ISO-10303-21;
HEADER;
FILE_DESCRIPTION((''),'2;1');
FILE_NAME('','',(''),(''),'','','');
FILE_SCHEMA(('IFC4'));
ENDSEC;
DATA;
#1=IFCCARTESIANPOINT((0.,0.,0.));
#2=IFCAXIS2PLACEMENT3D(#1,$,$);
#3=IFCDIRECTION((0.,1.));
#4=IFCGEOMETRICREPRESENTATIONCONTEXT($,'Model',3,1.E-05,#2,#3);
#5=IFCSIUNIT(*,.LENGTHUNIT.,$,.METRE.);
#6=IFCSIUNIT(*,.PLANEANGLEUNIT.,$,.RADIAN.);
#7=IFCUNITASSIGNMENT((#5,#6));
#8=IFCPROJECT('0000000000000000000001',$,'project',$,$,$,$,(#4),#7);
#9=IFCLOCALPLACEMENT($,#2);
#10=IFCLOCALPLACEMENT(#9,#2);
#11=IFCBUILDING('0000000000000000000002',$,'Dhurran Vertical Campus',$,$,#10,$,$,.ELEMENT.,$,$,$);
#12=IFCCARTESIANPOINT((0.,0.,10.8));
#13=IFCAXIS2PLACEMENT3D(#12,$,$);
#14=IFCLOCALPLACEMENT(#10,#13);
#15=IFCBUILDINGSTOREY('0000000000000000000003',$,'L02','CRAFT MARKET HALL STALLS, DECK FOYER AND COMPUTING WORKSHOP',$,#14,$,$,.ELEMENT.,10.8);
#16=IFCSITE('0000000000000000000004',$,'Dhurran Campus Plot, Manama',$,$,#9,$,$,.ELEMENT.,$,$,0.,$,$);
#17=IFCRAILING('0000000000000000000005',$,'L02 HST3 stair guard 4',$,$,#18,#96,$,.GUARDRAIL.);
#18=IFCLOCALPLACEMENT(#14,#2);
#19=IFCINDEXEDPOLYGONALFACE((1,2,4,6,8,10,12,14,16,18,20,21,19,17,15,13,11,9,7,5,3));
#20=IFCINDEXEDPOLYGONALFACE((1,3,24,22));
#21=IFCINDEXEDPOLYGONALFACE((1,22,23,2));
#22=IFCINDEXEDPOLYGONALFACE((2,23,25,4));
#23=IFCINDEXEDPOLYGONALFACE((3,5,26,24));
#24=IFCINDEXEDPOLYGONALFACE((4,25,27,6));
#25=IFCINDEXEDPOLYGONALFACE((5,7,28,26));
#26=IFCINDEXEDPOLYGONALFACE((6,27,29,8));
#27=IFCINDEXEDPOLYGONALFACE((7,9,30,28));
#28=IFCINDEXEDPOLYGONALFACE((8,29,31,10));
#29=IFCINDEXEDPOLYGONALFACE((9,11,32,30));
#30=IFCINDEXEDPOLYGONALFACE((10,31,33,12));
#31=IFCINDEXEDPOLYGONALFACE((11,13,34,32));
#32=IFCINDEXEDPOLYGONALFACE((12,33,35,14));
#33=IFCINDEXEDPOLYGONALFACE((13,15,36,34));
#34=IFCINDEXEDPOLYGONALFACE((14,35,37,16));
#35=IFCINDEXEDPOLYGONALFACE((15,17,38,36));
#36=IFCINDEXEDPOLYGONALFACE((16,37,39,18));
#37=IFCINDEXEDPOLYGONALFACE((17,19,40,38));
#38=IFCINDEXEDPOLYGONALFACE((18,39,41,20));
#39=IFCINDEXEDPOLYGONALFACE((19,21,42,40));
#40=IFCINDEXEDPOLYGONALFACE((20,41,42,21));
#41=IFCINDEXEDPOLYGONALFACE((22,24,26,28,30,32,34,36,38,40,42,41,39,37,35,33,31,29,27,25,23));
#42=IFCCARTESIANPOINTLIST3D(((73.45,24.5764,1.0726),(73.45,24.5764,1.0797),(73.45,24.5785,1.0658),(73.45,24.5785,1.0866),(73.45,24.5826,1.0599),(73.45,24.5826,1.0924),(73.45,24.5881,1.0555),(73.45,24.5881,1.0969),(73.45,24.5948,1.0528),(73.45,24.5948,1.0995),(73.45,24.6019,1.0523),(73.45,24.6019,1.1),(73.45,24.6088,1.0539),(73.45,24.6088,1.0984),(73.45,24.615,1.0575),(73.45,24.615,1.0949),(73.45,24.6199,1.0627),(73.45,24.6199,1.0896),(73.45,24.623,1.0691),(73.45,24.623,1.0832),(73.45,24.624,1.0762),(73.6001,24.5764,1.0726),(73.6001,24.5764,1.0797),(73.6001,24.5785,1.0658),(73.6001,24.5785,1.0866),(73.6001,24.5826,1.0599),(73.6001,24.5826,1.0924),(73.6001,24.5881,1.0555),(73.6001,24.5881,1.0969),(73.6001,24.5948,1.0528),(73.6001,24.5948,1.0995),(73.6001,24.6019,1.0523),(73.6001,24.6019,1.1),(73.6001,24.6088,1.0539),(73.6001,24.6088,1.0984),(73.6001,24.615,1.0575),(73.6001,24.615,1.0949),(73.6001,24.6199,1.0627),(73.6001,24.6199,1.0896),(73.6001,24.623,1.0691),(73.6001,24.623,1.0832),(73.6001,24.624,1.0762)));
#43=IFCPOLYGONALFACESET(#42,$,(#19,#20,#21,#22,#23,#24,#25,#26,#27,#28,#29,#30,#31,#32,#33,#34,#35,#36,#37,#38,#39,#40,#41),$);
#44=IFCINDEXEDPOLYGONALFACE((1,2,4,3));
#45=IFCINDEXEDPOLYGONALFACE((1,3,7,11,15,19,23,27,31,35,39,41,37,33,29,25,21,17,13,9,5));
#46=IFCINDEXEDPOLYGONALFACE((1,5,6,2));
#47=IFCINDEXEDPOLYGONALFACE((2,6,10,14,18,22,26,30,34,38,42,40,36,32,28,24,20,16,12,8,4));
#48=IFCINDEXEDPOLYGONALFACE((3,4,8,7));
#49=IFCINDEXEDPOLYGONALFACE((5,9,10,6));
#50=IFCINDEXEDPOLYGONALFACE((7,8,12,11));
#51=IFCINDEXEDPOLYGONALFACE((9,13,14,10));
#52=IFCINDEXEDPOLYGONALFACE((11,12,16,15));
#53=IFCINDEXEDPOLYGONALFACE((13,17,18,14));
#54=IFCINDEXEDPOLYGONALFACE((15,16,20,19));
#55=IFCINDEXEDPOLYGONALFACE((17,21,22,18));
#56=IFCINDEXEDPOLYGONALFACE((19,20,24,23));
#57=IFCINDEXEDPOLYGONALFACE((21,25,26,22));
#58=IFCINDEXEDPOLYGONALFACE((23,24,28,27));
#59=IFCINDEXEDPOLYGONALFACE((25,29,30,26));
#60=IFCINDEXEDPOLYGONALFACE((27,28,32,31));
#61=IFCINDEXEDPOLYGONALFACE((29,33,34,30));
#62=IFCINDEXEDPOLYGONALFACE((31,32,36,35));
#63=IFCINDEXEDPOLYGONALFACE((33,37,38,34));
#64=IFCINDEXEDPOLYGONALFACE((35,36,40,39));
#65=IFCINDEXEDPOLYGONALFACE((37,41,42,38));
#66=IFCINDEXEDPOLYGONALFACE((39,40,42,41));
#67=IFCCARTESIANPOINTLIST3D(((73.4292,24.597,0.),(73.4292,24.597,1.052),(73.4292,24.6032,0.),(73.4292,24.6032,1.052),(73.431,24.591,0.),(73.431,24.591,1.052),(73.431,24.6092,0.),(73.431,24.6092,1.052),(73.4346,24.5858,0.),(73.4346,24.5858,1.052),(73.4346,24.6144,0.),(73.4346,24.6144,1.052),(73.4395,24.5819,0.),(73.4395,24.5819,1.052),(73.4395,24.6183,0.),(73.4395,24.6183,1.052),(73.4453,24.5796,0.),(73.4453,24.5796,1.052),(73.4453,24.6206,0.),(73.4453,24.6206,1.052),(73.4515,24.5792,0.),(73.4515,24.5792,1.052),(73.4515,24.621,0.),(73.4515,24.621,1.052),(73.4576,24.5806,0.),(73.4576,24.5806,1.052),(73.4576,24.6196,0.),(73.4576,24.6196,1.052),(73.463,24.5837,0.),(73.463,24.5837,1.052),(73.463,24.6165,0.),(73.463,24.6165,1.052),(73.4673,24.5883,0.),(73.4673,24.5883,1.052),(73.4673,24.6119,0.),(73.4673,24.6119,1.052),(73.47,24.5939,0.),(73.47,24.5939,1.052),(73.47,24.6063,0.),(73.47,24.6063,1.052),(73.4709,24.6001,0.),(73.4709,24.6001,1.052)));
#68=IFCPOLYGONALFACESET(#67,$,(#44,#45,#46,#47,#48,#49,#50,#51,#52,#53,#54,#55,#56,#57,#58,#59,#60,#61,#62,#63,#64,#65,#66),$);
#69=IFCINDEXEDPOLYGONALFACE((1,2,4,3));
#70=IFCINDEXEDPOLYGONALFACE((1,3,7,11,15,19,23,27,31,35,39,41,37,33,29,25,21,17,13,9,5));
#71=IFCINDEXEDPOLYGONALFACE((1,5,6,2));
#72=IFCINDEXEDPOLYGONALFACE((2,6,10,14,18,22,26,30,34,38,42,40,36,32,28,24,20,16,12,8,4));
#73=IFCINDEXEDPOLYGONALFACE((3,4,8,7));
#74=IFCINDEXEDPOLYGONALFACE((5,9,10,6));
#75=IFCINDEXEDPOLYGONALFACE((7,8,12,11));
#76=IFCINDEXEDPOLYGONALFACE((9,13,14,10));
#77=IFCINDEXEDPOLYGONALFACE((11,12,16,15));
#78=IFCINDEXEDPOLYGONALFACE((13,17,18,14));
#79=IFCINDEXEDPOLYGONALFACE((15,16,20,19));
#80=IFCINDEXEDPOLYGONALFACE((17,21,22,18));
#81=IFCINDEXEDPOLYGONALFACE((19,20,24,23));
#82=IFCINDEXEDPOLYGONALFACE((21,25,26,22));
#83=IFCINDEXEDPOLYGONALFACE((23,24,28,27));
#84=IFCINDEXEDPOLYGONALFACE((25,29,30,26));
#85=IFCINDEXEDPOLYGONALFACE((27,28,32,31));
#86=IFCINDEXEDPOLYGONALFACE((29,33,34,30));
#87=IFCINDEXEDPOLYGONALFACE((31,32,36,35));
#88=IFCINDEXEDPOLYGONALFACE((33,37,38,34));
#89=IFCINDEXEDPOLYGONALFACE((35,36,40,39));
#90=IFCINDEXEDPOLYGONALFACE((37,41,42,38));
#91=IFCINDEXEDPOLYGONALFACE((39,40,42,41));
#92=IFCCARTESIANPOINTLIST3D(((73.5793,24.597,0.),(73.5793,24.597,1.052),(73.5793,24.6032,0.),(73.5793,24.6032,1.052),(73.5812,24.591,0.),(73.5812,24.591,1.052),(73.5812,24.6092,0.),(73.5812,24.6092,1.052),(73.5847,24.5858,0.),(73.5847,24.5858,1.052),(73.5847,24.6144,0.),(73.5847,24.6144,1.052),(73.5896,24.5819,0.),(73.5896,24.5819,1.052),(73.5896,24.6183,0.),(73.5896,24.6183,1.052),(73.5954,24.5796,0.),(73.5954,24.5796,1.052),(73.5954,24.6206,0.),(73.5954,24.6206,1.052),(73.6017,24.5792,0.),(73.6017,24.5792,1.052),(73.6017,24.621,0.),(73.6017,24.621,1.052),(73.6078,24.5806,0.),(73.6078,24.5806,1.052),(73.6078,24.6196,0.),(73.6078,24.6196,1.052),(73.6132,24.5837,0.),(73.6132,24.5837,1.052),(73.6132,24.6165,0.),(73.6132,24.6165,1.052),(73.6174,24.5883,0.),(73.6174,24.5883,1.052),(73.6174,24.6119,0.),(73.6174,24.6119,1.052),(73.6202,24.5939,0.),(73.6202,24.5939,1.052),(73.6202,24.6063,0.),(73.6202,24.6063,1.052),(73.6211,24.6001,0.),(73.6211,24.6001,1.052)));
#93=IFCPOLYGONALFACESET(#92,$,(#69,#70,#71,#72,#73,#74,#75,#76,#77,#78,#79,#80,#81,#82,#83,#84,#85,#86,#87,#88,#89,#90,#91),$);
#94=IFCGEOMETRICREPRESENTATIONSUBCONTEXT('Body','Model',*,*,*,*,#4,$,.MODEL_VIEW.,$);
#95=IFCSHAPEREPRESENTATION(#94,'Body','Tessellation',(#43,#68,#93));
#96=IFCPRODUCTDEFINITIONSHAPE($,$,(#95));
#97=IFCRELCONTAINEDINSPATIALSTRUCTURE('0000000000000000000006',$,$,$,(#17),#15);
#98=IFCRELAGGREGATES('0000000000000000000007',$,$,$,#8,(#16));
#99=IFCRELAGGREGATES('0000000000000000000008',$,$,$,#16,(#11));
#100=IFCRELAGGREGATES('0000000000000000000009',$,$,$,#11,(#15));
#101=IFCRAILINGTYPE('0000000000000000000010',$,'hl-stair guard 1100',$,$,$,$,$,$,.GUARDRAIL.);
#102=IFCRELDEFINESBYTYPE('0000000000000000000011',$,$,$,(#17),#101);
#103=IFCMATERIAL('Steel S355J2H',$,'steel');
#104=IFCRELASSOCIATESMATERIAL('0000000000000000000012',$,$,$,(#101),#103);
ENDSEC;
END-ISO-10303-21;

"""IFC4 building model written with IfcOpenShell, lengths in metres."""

from ifc_helpers import new_model, si_unit, direction, frame, origin, origin_2d, place, context, subcontext, project, spatial, circle, extrude, material, type_object, element, save


model = new_model("IFC4")

# Units and contexts
model_context = context("Model", 3, precision=1e-05, world=origin(), true_north=direction((0.0, 1.0)))
body_context = subcontext(model_context, "Body", "Model", "MODEL_VIEW")
ifc_project = project(units=[si_unit("LENGTHUNIT", "METRE"), si_unit("PLANEANGLEUNIT", "RADIAN")], contexts=[model_context])

# Site, building, storey
site_placement = place(None, origin())
site = spatial("IfcSite", under=ifc_project, at=site_placement, Name="Dhurran Campus Plot, Manama", CompositionType="ELEMENT", RefElevation=0.0)
building_placement = place(site_placement, origin())
building = spatial("IfcBuilding", under=site, at=building_placement, Name="Dhurran Vertical Campus", CompositionType="ELEMENT")
storey_placement = place(building_placement, frame((0.0, 0.0, 10.8)))
storey = spatial("IfcBuildingStorey", under=building, at=storey_placement, Name="L02", Description="CRAFT MARKET HALL STALLS, DECK FOYER AND COMPUTING WORKSHOP", CompositionType="ELEMENT", Elevation=10.8)

# Railing
ifc_material_1 = material(Name="Steel S355J2H", Category="steel")
railing_type_1 = type_object("IfcRailingType", Name="hl-stair guard 1100", PredefinedType="GUARDRAIL", material=ifc_material_1)
railing_1_placement = place(storey_placement, frame((73.45, 24.6001, 0.0)))
element("IfcRailing", 1, at=railing_1_placement, inside=storey, type_object=railing_type_1, Name="L02 HST3 stair guard 4", PredefinedType="GUARDRAIL", context=body_context, shape_type="SweptSolid", body=[
    extrude(circle(Radius=0.0239, at=origin_2d()), frame((0.0, 0.0, 1.0762), z_axis=(1.0, 0.0, 0.0), x_axis=(0.0, 1.0, 0.0)), (0.0, 0.0, 1.0), 0.1501),
    extrude(circle(Radius=0.021, at=origin_2d()), origin(), (0.0, 0.0, 1.0), 1.052),
    extrude(circle(Radius=0.021, at=origin_2d()), frame((0.1501, 0.0, 0.0)), (0.0, 0.0, 1.0), 1.052),
])

save(model, "model.ifc")
